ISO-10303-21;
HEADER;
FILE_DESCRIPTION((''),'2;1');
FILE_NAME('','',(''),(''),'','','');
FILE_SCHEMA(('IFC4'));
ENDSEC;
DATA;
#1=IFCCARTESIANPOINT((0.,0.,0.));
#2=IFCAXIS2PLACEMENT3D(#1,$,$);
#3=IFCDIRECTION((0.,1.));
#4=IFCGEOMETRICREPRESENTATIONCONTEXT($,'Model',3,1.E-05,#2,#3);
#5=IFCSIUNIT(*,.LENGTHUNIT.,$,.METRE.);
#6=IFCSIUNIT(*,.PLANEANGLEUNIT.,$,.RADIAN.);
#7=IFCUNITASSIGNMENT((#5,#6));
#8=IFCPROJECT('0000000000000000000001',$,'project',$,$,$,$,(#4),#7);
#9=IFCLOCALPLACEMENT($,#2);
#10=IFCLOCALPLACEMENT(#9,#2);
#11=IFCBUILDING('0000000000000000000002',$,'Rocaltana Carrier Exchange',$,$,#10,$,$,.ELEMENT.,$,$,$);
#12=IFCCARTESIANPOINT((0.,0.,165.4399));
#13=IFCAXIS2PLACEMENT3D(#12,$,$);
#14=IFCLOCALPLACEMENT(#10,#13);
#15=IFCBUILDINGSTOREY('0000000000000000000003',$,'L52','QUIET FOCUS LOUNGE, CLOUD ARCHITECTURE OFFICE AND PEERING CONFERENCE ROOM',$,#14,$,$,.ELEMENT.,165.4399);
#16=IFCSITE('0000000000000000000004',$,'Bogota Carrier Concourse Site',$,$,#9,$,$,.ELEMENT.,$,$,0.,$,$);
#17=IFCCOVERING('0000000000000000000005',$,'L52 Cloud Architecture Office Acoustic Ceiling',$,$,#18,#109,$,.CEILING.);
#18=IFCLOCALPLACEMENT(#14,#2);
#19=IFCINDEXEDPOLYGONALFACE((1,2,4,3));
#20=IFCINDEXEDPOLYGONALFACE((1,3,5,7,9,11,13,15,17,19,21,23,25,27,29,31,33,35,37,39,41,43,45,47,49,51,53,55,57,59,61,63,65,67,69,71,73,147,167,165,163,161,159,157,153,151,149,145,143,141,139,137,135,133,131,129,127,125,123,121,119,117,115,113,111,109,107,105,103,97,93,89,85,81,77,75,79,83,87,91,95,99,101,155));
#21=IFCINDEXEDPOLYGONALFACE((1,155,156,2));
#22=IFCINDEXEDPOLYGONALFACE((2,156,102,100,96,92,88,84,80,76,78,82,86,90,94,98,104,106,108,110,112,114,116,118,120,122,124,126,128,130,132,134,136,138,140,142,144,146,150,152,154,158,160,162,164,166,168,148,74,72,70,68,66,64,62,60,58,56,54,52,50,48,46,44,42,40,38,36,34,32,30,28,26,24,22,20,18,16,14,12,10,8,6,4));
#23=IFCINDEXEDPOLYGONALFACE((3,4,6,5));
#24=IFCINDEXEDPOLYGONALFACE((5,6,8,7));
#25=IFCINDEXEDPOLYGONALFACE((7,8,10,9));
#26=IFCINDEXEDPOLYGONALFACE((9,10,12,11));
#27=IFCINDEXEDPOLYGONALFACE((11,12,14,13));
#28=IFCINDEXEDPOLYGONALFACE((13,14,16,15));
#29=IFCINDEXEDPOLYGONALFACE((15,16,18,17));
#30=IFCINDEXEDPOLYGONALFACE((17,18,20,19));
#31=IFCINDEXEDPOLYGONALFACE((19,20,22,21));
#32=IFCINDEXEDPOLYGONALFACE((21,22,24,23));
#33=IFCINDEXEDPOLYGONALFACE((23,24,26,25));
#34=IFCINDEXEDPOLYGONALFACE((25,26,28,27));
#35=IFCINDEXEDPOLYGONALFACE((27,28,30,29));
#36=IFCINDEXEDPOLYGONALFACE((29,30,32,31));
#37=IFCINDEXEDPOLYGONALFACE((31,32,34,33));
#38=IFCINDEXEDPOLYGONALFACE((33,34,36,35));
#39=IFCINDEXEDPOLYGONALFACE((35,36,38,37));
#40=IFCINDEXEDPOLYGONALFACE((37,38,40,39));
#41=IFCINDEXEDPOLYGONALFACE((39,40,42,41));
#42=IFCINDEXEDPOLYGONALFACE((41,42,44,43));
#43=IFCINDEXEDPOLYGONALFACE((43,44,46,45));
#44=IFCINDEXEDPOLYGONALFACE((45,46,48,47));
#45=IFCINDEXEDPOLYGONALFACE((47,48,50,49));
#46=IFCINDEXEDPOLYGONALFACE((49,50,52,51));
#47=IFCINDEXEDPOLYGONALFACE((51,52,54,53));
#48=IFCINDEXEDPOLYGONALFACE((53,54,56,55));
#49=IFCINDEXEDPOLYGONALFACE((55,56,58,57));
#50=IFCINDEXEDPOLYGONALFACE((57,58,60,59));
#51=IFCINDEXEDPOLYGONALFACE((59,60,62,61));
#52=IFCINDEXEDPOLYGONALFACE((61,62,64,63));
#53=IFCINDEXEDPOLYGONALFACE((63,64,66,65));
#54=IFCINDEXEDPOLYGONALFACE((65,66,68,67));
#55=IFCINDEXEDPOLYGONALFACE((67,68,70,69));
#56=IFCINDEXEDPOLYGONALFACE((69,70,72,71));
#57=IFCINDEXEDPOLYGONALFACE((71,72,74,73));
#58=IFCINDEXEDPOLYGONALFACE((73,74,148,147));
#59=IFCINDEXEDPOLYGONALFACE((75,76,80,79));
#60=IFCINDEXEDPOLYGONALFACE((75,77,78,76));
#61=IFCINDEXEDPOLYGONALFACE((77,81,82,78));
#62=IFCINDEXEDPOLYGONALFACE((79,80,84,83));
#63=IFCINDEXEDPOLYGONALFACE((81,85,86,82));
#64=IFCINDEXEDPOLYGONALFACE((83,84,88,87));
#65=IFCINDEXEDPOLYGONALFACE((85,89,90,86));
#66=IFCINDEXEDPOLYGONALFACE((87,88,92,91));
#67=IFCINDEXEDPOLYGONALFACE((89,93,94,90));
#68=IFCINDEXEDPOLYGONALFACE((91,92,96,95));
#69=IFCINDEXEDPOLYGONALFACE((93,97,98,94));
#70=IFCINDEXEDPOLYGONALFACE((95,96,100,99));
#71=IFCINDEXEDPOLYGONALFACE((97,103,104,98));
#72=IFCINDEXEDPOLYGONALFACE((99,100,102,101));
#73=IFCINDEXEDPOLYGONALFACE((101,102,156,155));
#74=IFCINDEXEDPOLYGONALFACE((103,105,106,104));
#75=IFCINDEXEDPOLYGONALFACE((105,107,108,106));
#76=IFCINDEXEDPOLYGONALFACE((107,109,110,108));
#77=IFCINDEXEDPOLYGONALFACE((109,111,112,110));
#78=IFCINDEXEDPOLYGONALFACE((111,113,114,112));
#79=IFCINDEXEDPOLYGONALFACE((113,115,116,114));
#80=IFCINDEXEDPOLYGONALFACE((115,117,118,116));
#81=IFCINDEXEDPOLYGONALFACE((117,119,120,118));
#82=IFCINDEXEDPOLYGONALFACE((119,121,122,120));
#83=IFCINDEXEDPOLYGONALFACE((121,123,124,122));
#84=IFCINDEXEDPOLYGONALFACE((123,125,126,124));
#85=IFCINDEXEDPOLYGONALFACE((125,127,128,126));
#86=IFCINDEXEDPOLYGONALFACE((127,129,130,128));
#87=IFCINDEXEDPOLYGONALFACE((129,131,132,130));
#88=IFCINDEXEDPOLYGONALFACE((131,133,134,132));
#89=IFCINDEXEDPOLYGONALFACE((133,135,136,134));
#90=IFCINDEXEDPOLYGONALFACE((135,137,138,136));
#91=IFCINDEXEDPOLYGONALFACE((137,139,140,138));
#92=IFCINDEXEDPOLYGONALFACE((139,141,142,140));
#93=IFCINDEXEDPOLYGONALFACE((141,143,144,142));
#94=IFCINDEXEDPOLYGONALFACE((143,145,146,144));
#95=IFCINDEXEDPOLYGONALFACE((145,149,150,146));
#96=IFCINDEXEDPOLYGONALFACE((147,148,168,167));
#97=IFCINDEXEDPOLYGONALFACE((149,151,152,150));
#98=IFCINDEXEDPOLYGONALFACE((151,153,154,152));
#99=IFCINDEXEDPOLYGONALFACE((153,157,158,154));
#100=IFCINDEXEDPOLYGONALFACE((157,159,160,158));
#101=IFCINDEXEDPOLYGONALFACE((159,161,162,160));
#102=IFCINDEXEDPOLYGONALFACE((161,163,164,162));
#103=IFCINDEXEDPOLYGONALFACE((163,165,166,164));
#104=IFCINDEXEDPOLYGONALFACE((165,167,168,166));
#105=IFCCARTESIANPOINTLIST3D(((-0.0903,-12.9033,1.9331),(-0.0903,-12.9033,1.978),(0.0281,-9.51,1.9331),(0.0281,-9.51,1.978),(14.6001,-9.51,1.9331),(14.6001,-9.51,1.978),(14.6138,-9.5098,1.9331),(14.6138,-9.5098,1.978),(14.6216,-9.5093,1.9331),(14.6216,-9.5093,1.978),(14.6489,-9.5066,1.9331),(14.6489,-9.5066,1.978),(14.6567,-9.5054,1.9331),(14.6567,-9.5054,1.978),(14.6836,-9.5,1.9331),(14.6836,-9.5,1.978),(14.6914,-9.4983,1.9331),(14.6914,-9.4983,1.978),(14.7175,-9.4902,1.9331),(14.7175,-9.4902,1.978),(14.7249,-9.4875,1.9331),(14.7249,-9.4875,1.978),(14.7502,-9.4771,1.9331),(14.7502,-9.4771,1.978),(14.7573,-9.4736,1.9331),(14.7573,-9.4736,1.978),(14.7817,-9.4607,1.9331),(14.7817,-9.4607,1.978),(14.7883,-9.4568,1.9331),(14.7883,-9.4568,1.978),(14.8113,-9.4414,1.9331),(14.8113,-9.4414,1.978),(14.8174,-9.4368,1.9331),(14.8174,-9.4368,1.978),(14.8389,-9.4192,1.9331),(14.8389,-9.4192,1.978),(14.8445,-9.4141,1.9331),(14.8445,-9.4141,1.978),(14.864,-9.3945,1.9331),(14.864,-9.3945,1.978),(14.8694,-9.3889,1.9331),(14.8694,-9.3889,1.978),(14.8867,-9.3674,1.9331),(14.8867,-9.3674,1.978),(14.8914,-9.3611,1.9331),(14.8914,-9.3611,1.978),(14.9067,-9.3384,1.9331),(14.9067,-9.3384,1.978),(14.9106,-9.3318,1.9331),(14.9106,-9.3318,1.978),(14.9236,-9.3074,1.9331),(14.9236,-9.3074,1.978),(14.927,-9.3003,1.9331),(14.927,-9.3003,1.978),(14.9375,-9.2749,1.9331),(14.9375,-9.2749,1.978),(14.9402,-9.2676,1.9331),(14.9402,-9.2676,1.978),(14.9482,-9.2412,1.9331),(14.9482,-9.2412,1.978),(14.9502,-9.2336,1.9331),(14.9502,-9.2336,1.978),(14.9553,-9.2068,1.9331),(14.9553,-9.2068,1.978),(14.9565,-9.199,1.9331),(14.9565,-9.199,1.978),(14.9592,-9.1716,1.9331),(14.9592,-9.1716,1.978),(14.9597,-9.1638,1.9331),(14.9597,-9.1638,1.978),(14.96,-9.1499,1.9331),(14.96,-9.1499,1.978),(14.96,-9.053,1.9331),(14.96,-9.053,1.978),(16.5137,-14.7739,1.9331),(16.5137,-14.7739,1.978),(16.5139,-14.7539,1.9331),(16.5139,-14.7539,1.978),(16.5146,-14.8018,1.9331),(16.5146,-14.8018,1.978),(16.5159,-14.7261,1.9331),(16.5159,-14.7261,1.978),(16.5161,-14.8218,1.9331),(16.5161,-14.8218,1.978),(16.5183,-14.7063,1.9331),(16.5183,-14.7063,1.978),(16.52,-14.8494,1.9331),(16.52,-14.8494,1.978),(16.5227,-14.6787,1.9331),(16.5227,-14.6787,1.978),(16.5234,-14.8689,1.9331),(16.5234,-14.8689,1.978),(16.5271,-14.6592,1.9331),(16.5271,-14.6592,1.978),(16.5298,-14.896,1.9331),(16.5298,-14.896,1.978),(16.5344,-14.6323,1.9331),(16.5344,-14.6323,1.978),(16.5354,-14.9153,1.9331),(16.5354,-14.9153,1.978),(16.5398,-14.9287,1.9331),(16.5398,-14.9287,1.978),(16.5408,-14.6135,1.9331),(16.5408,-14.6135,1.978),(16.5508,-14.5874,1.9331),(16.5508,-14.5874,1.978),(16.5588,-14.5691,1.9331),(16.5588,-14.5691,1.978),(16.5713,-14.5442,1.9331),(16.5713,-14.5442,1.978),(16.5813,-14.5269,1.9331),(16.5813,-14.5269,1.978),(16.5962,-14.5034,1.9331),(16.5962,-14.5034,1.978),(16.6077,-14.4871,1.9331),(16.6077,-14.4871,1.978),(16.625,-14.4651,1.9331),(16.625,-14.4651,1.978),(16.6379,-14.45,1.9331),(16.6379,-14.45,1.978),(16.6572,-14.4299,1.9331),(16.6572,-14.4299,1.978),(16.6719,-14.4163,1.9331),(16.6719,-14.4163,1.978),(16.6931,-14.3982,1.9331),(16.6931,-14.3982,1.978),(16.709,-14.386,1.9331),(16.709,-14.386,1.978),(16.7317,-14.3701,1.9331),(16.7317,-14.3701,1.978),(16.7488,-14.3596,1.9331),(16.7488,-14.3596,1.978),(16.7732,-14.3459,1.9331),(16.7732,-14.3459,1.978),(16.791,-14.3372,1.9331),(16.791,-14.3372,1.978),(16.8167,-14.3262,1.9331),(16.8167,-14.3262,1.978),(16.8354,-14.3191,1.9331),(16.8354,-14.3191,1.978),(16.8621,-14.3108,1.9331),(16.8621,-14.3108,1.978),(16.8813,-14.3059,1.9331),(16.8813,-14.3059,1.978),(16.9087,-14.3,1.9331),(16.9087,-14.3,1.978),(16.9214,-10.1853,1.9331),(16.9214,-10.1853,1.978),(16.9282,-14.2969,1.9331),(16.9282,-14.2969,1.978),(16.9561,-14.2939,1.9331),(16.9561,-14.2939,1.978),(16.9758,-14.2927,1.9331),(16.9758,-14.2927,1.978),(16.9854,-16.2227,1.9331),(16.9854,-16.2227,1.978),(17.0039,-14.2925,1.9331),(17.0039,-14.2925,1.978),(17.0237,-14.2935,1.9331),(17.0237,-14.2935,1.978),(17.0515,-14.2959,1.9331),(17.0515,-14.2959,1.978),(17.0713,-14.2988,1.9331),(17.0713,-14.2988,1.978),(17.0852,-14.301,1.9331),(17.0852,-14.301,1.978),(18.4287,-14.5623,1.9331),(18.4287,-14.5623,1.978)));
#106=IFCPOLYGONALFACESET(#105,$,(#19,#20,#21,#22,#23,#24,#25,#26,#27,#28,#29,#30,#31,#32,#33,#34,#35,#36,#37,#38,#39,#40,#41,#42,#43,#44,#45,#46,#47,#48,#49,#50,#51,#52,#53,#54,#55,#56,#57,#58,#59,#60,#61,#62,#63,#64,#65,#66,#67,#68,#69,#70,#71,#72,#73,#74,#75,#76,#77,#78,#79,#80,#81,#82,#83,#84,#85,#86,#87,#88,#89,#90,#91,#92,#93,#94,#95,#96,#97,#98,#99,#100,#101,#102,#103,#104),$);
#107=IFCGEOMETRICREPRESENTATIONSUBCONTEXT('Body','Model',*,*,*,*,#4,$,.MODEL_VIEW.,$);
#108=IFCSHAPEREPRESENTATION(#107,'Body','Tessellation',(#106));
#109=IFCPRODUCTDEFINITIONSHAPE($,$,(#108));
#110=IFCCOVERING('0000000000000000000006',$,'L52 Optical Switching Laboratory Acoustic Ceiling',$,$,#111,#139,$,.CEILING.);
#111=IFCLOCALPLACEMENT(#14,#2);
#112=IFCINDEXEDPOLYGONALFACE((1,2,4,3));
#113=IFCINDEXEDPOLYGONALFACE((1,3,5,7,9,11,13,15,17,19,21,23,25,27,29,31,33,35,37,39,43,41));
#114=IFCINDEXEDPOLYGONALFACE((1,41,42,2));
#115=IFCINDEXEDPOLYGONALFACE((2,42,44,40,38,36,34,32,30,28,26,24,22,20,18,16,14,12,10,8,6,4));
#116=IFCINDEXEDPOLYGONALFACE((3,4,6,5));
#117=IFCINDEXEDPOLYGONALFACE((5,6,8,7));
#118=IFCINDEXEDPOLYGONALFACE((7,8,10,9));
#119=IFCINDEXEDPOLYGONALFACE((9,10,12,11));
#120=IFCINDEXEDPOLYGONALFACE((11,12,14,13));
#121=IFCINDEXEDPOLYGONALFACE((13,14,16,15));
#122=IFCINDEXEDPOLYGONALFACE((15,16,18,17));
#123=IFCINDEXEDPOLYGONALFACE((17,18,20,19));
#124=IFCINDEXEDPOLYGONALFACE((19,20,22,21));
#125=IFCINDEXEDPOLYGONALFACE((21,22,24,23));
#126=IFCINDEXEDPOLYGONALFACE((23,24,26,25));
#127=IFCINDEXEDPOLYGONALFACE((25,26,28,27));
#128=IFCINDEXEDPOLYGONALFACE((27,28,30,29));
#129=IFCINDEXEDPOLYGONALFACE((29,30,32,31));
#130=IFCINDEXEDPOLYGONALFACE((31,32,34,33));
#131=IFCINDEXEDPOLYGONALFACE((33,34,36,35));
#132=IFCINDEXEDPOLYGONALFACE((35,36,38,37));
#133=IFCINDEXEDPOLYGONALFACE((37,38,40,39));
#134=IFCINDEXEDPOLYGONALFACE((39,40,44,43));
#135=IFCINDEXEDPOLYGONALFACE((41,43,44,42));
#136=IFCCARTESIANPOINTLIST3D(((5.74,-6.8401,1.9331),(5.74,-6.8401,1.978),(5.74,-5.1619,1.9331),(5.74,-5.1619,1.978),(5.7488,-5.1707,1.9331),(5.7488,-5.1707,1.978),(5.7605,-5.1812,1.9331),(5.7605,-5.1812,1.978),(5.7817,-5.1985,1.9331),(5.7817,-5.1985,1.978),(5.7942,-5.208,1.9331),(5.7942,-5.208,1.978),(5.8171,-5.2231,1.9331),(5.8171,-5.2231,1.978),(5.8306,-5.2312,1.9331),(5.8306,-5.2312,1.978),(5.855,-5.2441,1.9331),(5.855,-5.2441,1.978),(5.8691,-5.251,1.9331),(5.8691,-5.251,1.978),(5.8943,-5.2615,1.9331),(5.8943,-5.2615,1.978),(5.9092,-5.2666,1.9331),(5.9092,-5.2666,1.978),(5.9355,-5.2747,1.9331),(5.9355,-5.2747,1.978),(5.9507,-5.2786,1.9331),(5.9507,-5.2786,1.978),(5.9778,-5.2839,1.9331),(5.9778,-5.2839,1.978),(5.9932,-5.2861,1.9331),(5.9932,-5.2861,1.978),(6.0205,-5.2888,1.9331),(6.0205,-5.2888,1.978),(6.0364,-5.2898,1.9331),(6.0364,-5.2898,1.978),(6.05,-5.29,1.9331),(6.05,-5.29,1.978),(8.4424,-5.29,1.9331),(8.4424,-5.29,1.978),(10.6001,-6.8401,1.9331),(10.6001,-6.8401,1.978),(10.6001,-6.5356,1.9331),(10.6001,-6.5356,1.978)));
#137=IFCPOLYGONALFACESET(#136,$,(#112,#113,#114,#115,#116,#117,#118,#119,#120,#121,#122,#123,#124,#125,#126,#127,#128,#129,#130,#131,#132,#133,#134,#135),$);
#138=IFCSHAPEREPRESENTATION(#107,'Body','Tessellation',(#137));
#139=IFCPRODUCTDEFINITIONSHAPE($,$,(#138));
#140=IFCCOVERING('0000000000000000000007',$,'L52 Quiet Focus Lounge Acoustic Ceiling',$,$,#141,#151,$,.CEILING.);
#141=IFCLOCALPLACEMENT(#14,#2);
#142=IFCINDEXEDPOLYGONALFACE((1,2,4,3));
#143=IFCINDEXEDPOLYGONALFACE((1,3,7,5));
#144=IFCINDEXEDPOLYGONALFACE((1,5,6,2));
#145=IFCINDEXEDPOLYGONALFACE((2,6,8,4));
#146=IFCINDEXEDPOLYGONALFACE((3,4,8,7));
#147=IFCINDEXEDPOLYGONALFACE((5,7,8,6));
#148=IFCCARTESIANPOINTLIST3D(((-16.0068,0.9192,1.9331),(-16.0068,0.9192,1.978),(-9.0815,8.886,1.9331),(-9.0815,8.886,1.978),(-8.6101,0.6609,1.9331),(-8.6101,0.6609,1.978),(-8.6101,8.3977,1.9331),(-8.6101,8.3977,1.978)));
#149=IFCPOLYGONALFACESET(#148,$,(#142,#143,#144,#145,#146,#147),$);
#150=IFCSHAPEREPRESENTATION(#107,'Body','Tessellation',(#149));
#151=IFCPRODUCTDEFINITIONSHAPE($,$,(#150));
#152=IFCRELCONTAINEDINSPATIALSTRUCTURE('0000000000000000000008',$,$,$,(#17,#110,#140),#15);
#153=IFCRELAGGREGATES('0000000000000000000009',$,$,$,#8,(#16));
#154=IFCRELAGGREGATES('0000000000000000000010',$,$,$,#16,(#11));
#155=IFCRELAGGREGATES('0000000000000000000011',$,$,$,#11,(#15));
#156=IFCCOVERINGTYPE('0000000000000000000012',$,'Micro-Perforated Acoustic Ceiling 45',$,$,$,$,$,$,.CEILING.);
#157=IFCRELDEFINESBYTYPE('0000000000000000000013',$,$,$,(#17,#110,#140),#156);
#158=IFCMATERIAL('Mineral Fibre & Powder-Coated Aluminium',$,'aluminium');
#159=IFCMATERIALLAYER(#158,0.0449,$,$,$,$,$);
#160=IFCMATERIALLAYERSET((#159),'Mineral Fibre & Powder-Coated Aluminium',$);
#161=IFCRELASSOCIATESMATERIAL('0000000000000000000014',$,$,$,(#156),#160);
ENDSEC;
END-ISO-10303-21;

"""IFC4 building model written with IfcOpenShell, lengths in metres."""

from ifc_helpers import new_model, si_unit, direction, frame, origin, place, context, subcontext, project, spatial, polyline, outline, extrude, material, layer, layer_set, type_object, element, save


model = new_model("IFC4")

# Units and contexts
model_context = context("Model", 3, precision=1e-05, world=origin(), true_north=direction((0.0, 1.0)))
body_context = subcontext(model_context, "Body", "Model", "MODEL_VIEW")
ifc_project = project(units=[si_unit("LENGTHUNIT", "METRE"), si_unit("PLANEANGLEUNIT", "RADIAN")], contexts=[model_context])

# Site, building, storey
site_placement = place(None, origin())
site = spatial("IfcSite", under=ifc_project, at=site_placement, Name="Bogota Carrier Concourse Site", CompositionType="ELEMENT", RefElevation=0.0)
building_placement = place(site_placement, origin())
building = spatial("IfcBuilding", under=site, at=building_placement, Name="Rocaltana Carrier Exchange", CompositionType="ELEMENT")
storey_placement = place(building_placement, frame((0.0, 0.0, 165.4399)))
storey = spatial("IfcBuildingStorey", under=building, at=storey_placement, Name="L52", Description="QUIET FOCUS LOUNGE, CLOUD ARCHITECTURE OFFICE AND PEERING CONFERENCE ROOM", CompositionType="ELEMENT", Elevation=165.4399)

# Coverings
ifc_material_1 = material(Name="Mineral Fibre & Powder-Coated Aluminium", Category="aluminium")
ifc_layer_1 = layer(ifc_material_1, 0.0449)
ifc_layer_set_1 = layer_set([ifc_layer_1], Name="Mineral Fibre & Powder-Coated Aluminium")
covering_type_1 = type_object("IfcCoveringType", Name="Micro-Perforated Acoustic Ceiling 45", PredefinedType="CEILING", material=ifc_layer_set_1)
covering_1_placement = place(storey_placement, frame((0.0, 0.0, 1.9331)))
element("IfcCovering", 1, at=covering_1_placement, inside=storey, type_object=covering_type_1, Name="L52 Cloud Architecture Office Acoustic Ceiling", PredefinedType="CEILING", context=body_context, shape_type="SweptSolid", body=[
    extrude(outline(polyline([(18.4287, -14.5623), (17.0852, -14.301), (17.0713, -14.2988), (17.0515, -14.2959), (17.0237, -14.2935), (17.0039, -14.2925), (16.9758, -14.2927), (16.9561, -14.2939), (16.9282, -14.2969), (16.9087, -14.3), (16.8813, -14.3059), (16.8621, -14.3108), (16.8354, -14.3191), (16.8167, -14.3262), (16.791, -14.3372), (16.7732, -14.3459), (16.7488, -14.3596), (16.7317, -14.3701), (16.709, -14.386), (16.6931, -14.3982), (16.6719, -14.4163), (16.6572, -14.4299), (16.6379, -14.45), (16.625, -14.4651), (16.6077, -14.4871), (16.5962, -14.5034), (16.5813, -14.5269), (16.5713, -14.5442), (16.5588, -14.5691), (16.5508, -14.5874), (16.5408, -14.6135), (16.5344, -14.6323), (16.5271, -14.6592), (16.5227, -14.6787), (16.5183, -14.7063), (16.5159, -14.7261), (16.5139, -14.7539), (16.5137, -14.7739), (16.5146, -14.8018), (16.5161, -14.8218), (16.52, -14.8494), (16.5234, -14.8689), (16.5298, -14.896), (16.5354, -14.9153), (16.5398, -14.9287), (16.9854, -16.2227), (-0.0903, -12.9033), (0.0281, -9.51), (14.6001, -9.51), (14.6138, -9.5098), (14.6216, -9.5093), (14.6489, -9.5066), (14.6567, -9.5054), (14.6836, -9.5), (14.6914, -9.4983), (14.7175, -9.4902), (14.7249, -9.4875), (14.7502, -9.4771), (14.7573, -9.4736), (14.7817, -9.4607), (14.7883, -9.4568), (14.8113, -9.4414), (14.8174, -9.4368), (14.8389, -9.4192), (14.8445, -9.4141), (14.864, -9.3945), (14.8694, -9.3889), (14.8867, -9.3674), (14.8914, -9.3611), (14.9067, -9.3384), (14.9106, -9.3318), (14.9236, -9.3074), (14.927, -9.3003), (14.9375, -9.2749), (14.9402, -9.2676), (14.9482, -9.2412), (14.9502, -9.2336), (14.9553, -9.2068), (14.9565, -9.199), (14.9592, -9.1716), (14.9597, -9.1638), (14.96, -9.1499), (14.96, -9.053), (16.9214, -10.1853), (18.4287, -14.5623)])), origin(), (0.0, 0.0, 1.0), 0.0449),
])
covering_2_placement = place(storey_placement, frame((0.0, 0.0, 1.9331)))
element("IfcCovering", 2, at=covering_2_placement, inside=storey, type_object=covering_type_1, Name="L52 Optical Switching Laboratory Acoustic Ceiling", PredefinedType="CEILING", context=body_context, shape_type="SweptSolid", body=[
    extrude(outline(polyline([(5.74, -6.8401), (5.74, -5.1619), (5.7488, -5.1707), (5.7605, -5.1812), (5.7817, -5.1985), (5.7942, -5.208), (5.8171, -5.2231), (5.8306, -5.2312), (5.855, -5.2441), (5.8691, -5.251), (5.8943, -5.2615), (5.9092, -5.2666), (5.9355, -5.2747), (5.9507, -5.2786), (5.9778, -5.2839), (5.9932, -5.2861), (6.0205, -5.2888), (6.0364, -5.2898), (6.05, -5.29), (8.4424, -5.29), (10.6001, -6.5356), (10.6001, -6.8401), (5.74, -6.8401)])), origin(), (0.0, 0.0, 1.0), 0.0449),
])
covering_3_placement = place(storey_placement, frame((0.0, 0.0, 1.9331)))
element("IfcCovering", 3, at=covering_3_placement, inside=storey, type_object=covering_type_1, Name="L52 Quiet Focus Lounge Acoustic Ceiling", PredefinedType="CEILING", context=body_context, shape_type="SweptSolid", body=[
    extrude(outline(polyline([(-9.0815, 8.886), (-8.6101, 8.3977), (-8.6101, 0.6609), (-16.0068, 0.9192), (-9.0815, 8.886)])), origin(), (0.0, 0.0, 1.0), 0.0449),
])

save(model, "model.ifc")
